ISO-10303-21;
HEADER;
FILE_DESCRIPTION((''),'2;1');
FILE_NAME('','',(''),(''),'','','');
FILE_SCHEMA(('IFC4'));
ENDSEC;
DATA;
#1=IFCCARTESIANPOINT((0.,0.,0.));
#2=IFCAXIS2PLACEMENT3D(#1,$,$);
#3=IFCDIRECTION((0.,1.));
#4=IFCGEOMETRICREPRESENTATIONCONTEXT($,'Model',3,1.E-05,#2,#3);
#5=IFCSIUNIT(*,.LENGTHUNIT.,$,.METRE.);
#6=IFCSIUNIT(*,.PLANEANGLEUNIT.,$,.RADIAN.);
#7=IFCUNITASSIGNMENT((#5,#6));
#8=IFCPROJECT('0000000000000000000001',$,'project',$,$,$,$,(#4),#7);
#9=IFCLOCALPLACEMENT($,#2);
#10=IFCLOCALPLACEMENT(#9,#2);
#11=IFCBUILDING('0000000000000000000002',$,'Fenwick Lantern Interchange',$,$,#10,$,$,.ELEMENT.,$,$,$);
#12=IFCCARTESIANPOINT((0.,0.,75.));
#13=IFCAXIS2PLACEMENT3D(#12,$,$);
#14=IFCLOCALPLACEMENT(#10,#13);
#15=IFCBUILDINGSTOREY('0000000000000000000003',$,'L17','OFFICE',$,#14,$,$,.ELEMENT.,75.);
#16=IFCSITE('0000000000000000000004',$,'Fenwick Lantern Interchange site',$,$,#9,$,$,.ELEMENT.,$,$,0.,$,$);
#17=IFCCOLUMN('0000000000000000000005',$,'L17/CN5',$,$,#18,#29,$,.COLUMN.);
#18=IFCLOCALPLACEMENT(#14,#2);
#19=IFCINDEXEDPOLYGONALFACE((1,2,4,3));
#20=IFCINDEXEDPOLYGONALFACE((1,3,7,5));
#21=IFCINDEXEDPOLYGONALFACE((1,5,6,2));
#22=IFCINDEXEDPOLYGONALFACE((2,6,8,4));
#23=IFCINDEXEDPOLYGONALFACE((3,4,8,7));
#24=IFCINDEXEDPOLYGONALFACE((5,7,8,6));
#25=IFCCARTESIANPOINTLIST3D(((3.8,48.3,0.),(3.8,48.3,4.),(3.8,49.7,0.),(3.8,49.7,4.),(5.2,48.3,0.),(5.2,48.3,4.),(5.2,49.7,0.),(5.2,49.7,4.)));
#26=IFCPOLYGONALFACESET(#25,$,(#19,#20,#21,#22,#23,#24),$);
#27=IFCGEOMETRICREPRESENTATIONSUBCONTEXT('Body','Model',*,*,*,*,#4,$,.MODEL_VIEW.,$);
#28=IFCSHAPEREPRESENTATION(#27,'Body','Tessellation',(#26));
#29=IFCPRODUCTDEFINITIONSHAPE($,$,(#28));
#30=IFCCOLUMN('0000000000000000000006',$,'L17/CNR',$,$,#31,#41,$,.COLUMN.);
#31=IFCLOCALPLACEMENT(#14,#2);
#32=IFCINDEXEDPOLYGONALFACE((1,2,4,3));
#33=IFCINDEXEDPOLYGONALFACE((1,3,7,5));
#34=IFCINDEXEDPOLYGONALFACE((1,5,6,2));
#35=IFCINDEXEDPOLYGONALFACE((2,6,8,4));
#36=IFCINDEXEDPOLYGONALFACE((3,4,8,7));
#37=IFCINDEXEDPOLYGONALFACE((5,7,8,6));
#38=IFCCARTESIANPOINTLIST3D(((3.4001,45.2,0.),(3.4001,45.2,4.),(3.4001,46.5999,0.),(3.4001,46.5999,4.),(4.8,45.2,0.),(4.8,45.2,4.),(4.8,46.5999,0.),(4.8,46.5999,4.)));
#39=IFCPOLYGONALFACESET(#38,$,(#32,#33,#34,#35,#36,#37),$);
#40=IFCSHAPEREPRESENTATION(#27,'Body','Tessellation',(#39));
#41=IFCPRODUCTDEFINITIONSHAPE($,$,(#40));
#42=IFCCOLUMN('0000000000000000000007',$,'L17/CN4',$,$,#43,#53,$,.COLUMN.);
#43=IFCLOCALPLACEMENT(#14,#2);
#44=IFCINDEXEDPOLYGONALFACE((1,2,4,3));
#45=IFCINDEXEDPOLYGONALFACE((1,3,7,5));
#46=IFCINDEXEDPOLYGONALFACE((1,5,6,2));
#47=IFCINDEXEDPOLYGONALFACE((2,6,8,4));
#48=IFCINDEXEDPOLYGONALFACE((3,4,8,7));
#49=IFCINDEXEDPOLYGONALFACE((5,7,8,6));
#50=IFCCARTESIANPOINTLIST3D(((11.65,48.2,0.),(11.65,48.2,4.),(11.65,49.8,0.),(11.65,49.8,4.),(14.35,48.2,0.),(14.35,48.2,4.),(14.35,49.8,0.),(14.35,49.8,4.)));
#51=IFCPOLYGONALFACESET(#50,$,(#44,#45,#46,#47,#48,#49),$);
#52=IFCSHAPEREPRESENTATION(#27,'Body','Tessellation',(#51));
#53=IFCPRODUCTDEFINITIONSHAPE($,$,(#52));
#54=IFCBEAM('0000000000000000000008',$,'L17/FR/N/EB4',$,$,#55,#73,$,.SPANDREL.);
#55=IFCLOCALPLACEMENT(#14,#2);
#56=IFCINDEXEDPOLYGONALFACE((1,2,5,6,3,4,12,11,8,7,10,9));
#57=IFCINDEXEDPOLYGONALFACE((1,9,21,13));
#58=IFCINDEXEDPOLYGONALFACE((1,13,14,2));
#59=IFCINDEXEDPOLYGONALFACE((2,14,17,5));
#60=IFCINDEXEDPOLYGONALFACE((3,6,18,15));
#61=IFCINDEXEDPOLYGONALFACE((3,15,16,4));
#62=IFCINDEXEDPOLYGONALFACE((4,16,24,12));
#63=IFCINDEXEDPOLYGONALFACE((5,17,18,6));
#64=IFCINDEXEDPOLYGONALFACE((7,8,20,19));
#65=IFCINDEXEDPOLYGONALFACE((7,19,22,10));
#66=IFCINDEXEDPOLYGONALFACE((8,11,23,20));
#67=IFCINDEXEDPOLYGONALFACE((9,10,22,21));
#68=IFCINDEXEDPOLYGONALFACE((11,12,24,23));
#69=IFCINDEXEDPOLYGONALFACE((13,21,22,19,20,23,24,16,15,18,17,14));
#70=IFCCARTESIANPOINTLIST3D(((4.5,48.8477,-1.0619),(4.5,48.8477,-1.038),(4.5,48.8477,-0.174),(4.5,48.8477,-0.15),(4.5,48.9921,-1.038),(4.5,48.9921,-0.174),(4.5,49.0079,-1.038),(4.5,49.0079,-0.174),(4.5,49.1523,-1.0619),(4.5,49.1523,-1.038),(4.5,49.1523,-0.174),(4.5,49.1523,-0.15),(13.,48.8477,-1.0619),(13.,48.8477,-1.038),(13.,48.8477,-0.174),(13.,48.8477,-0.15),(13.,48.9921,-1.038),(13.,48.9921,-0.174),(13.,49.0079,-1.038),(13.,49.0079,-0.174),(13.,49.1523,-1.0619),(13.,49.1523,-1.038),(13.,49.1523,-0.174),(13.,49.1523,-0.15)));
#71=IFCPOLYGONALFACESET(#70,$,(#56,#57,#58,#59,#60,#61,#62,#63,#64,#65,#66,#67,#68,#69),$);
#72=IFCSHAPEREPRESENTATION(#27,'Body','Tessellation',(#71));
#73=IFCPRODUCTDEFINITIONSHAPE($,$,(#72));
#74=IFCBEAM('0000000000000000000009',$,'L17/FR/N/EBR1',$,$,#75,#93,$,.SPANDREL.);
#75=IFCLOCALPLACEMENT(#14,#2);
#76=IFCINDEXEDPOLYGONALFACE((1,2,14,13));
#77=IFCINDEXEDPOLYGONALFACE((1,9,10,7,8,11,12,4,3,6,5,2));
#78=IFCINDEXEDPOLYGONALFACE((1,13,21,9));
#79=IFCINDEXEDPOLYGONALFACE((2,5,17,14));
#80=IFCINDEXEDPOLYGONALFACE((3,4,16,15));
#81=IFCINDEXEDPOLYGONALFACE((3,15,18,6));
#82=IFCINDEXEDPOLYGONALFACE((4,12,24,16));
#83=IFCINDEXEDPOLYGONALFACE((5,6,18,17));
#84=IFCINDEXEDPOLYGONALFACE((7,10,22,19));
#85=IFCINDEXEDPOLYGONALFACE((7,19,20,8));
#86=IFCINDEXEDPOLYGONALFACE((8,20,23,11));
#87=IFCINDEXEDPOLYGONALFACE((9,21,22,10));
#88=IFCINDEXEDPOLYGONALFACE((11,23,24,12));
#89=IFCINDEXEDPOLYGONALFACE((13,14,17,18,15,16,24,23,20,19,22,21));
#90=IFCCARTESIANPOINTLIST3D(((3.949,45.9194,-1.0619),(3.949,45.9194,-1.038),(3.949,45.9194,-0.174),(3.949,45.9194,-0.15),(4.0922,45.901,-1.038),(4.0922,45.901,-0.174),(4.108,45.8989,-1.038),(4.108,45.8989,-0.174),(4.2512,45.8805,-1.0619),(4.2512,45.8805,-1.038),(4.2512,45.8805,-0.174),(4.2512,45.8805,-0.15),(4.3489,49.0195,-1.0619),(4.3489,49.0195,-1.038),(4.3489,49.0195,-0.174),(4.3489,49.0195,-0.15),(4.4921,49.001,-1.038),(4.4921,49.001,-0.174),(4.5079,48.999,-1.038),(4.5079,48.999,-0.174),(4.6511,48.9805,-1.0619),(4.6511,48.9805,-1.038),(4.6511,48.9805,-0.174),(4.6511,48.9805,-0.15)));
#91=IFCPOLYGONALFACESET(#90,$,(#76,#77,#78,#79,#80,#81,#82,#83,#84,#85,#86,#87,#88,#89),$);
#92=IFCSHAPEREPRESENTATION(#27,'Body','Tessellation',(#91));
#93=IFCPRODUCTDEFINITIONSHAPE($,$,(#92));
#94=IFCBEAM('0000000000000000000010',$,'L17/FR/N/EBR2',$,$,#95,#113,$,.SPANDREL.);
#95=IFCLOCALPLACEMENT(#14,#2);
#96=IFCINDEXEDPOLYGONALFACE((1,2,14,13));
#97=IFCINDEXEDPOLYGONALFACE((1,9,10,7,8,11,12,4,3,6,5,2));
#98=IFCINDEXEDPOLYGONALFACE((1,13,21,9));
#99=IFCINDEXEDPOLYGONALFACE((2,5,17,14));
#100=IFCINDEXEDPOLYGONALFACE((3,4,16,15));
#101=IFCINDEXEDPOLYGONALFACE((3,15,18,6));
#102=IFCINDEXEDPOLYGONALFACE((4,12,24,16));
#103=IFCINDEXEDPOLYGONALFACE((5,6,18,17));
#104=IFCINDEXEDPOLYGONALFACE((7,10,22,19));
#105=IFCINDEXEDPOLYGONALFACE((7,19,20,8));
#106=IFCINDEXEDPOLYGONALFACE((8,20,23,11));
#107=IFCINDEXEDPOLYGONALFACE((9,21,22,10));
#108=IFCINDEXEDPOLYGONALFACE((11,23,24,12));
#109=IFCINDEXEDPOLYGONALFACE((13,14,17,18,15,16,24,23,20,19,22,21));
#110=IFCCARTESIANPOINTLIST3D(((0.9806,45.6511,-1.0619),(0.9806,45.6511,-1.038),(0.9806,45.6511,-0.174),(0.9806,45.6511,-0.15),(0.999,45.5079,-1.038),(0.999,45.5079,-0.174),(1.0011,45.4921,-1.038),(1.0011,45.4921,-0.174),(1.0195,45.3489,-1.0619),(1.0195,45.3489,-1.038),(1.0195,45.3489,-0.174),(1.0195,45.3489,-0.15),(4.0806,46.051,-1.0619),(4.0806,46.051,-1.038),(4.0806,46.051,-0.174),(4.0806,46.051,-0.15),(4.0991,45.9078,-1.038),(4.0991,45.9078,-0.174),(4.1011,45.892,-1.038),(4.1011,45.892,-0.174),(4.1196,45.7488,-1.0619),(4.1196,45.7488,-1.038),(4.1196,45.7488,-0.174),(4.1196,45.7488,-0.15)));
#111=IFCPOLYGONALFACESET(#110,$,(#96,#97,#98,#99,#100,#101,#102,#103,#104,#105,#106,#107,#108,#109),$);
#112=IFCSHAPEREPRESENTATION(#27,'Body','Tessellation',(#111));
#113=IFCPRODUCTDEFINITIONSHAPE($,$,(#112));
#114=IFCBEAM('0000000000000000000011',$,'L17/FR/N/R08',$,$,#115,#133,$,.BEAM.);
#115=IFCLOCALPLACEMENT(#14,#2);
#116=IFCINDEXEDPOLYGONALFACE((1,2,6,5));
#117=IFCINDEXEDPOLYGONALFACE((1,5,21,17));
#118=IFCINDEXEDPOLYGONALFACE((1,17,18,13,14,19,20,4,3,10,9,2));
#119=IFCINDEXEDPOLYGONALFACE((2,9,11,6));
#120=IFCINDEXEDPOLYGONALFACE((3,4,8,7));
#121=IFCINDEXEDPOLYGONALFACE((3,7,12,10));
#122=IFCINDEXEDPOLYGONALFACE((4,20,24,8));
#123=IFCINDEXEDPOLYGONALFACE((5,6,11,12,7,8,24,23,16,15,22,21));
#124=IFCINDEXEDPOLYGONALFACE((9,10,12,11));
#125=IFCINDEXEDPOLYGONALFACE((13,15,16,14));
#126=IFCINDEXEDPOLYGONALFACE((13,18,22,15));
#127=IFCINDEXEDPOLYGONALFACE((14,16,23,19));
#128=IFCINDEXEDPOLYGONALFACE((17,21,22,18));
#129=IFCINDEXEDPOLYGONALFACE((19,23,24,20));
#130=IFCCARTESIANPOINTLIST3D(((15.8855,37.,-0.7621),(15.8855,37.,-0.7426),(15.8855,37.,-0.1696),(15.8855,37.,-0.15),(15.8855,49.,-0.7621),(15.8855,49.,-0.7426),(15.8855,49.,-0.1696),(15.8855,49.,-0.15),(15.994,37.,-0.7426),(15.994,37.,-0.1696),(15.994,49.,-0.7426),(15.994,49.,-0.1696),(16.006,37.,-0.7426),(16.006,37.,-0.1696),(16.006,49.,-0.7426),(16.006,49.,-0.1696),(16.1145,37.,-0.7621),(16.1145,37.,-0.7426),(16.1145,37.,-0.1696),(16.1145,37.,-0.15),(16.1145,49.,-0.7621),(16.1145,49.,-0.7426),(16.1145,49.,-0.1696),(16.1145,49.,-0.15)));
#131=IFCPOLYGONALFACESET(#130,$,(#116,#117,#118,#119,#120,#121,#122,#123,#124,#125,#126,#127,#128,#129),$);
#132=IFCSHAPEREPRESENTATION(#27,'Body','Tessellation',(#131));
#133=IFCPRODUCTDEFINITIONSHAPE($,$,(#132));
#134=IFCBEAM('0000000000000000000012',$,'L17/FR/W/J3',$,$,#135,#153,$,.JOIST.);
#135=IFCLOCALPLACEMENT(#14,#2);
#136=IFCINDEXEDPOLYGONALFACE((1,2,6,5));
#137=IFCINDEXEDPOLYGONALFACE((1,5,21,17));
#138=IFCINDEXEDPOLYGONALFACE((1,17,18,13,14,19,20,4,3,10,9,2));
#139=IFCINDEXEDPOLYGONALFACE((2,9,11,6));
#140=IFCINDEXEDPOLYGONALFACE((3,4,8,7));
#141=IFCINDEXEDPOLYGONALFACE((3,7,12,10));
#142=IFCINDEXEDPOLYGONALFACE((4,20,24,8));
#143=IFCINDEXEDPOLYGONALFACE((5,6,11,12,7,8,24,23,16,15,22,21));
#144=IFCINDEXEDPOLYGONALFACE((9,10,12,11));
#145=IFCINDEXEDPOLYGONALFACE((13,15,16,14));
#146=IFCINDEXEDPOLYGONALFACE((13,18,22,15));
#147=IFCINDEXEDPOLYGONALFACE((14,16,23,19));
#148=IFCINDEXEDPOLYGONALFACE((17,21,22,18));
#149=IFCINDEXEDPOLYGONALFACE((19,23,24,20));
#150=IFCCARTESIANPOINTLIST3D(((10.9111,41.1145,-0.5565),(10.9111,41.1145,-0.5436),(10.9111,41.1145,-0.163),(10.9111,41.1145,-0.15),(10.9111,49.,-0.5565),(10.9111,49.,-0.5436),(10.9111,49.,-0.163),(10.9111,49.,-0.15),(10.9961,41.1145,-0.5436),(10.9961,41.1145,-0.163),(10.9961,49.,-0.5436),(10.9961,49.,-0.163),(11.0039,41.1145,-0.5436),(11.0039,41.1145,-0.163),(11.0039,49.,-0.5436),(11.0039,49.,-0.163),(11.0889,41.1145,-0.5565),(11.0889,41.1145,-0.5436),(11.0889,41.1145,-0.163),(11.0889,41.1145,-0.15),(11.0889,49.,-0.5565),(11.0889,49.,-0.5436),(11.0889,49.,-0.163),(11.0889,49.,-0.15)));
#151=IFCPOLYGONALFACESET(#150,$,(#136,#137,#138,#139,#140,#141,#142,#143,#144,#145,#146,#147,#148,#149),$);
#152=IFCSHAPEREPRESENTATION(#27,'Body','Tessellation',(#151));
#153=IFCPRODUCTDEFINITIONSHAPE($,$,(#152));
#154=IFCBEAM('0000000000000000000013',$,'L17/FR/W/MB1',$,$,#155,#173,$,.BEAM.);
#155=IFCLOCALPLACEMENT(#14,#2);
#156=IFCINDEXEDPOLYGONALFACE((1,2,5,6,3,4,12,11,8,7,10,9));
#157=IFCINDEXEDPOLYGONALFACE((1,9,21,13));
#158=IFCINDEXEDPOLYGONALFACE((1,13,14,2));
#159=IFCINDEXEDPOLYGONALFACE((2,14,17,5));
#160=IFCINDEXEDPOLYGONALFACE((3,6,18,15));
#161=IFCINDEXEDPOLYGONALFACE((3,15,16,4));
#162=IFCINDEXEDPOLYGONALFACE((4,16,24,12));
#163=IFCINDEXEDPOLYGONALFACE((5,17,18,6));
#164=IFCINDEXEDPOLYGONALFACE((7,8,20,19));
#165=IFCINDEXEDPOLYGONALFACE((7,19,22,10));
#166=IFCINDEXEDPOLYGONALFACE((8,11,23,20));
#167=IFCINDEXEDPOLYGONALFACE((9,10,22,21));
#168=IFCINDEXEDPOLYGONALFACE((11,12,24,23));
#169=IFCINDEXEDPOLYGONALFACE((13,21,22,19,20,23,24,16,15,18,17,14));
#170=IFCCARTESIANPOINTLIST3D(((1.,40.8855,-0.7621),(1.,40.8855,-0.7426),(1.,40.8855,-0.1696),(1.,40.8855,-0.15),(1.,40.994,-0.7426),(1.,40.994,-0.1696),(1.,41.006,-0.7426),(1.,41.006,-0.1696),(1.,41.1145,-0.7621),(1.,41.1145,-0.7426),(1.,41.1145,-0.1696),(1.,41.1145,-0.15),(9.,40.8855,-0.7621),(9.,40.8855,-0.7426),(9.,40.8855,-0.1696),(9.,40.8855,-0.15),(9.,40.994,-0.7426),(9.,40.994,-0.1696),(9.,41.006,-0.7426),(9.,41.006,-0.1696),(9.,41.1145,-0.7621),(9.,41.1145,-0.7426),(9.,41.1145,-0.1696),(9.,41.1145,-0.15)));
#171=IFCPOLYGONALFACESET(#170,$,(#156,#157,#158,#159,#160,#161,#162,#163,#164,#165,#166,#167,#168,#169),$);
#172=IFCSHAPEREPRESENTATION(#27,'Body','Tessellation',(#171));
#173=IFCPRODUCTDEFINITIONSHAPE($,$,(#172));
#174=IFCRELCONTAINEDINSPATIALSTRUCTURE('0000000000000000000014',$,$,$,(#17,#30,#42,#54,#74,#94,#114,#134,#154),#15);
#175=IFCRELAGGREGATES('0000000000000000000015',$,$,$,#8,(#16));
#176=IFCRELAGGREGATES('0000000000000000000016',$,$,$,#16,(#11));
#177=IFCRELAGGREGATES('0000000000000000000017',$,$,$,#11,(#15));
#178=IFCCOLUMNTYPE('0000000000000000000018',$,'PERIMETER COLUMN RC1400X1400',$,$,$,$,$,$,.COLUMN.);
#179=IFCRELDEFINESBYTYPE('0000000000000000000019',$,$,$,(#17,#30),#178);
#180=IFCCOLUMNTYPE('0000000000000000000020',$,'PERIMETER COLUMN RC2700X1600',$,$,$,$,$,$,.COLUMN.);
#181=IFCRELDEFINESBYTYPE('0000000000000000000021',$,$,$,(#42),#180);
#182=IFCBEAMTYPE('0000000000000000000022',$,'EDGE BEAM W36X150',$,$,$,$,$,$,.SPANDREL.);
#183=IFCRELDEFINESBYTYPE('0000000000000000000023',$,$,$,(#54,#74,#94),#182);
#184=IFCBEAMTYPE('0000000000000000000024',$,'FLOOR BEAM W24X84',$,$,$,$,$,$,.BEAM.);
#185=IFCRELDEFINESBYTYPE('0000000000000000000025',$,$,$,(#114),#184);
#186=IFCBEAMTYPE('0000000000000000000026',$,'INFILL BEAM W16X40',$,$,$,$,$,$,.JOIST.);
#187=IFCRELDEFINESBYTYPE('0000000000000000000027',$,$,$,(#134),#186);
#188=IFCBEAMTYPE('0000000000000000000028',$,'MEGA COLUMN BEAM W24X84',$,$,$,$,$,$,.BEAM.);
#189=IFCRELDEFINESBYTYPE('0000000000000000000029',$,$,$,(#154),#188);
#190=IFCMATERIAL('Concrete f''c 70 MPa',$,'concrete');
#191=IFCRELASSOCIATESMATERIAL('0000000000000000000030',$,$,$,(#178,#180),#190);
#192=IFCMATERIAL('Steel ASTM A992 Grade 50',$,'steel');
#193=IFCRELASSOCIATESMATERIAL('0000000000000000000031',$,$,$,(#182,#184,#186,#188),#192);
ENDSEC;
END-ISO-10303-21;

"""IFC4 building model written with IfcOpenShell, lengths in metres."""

from ifc_helpers import new_model, si_unit, direction, frame, origin, origin_2d, place, context, subcontext, project, spatial, rectangle, i_section, extrude, material, material_profile, profile_set, type_object, element, save


model = new_model("IFC4")

# Units and contexts
model_context = context("Model", 3, precision=1e-05, world=origin(), true_north=direction((0.0, 1.0)))
body_context = subcontext(model_context, "Body", "Model", "MODEL_VIEW")
ifc_project = project(units=[si_unit("LENGTHUNIT", "METRE"), si_unit("PLANEANGLEUNIT", "RADIAN")], contexts=[model_context])

# Site, building, storey
site_placement = place(None, origin())
site = spatial("IfcSite", under=ifc_project, at=site_placement, Name="Fenwick Lantern Interchange site", CompositionType="ELEMENT", RefElevation=0.0)
building_placement = place(site_placement, origin())
building = spatial("IfcBuilding", under=site, at=building_placement, Name="Fenwick Lantern Interchange", CompositionType="ELEMENT")
storey_placement = place(building_placement, frame((0.0, 0.0, 75.0)))
storey = spatial("IfcBuildingStorey", under=building, at=storey_placement, Name="L17", Description="OFFICE", CompositionType="ELEMENT", Elevation=75.0)

# Columns
ifc_material_1 = material(Name="Concrete f'c 70 MPa", Category="concrete")
ifc_material_profile_1 = material_profile(ifc_material_1, rectangle(XDim=1.3999, YDim=1.3999, at=origin_2d()), Name="RC1400X1400")
ifc_profile_set_1 = profile_set([ifc_material_profile_1], Name="Concrete f'c 70 MPa")
column_type_1 = type_object("IfcColumnType", Name="PERIMETER COLUMN RC1400X1400", PredefinedType="COLUMN", material=ifc_profile_set_1)
for number, where, z_axis, x_axis, name in (
    (1, (4.5, 49.0, 0.0), (0.0, 0.0, 1.0), (1.0, 0.0, 0.0), "L17/CN5"),
    (2, (4.1001, 45.8999, 0.0), (0.0, 0.0, 1.0), (1.0, 0.0, 0.0), "L17/CNR"),
):
    element("IfcColumn", number, at=place(storey_placement, frame(where, z_axis=z_axis, x_axis=x_axis)), inside=storey, type_object=column_type_1, Name=name, PredefinedType="COLUMN", context=body_context, shape_type="SweptSolid", body=[
        extrude(rectangle(XDim=1.3999, YDim=1.3999, at=origin_2d()), origin(), (0.0, 0.0, 1.0), 4.0),
    ])
ifc_material_profile_2 = material_profile(ifc_material_1, rectangle(XDim=2.7, YDim=1.6001, at=origin_2d()), Name="RC2700X1600")
ifc_profile_set_2 = profile_set([ifc_material_profile_2], Name="Concrete f'c 70 MPa")
column_type_2 = type_object("IfcColumnType", Name="PERIMETER COLUMN RC2700X1600", PredefinedType="COLUMN", material=ifc_profile_set_2)
column_placement = place(storey_placement, frame((13.0, 49.0, 0.0), z_axis=(0.0, 0.0, 1.0), x_axis=(1.0, 0.0, 0.0)))
element("IfcColumn", 3, at=column_placement, inside=storey, type_object=column_type_2, Name="L17/CN4", PredefinedType="COLUMN", context=body_context, shape_type="SweptSolid", body=[
    extrude(rectangle(XDim=2.7, YDim=1.6001, at=origin_2d()), origin(), (0.0, 0.0, 1.0), 4.0),
])

# Beams
ifc_material_2 = material(Name="Steel ASTM A992 Grade 50", Category="steel")
ifc_material_profile_3 = material_profile(ifc_material_2, i_section(OverallWidth=0.3047, OverallDepth=0.9119, WebThickness=0.0159, FlangeThickness=0.0239, at=origin_2d()), Name="W36X150")
ifc_profile_set_3 = profile_set([ifc_material_profile_3], Name="Steel ASTM A992 Grade 50")
beam_type_1 = type_object("IfcBeamType", Name="EDGE BEAM W36X150", PredefinedType="SPANDREL", material=ifc_profile_set_3)
beam_1_placement = place(storey_placement, frame((13.0, 49.0, -0.606), z_axis=(-1.0, 0.0, 0.0), x_axis=(0.0, -1.0, 0.0)))
element("IfcBeam", 4, at=beam_1_placement, inside=storey, type_object=beam_type_1, Name="L17/FR/N/EB4", PredefinedType="SPANDREL", context=body_context, shape_type="SweptSolid", body=[
    extrude(i_section(OverallWidth=0.3047, OverallDepth=0.9119, WebThickness=0.0159, FlangeThickness=0.0239, at=origin_2d()), origin(), (0.0, 0.0, 1.0), 8.5),
])
for number, where, z_axis, x_axis, name in (
    (5, (4.5, 49.0, -0.606), (-0.127937, -0.991782, 0.0), (0.991782, -0.127937, 0.0), "L17/FR/N/EBR1"),
    (6, (4.1001, 45.8999, -0.606), (-0.991782, -0.127937, 0.0), (0.127937, -0.991782, 0.0), "L17/FR/N/EBR2"),
):
    element("IfcBeam", number, at=place(storey_placement, frame(where, z_axis=z_axis, x_axis=x_axis)), inside=storey, type_object=beam_type_1, Name=name, PredefinedType="SPANDREL", context=body_context, shape_type="SweptSolid", body=[
        extrude(i_section(OverallWidth=0.3047, OverallDepth=0.9119, WebThickness=0.0159, FlangeThickness=0.0239, at=origin_2d()), origin(), (0.0, 0.0, 1.0), 3.1257),
    ])
ifc_material_profile_4 = material_profile(ifc_material_2, i_section(OverallWidth=0.229, OverallDepth=0.6121, WebThickness=0.012, FlangeThickness=0.0195, at=origin_2d()), Name="W24X84")
ifc_profile_set_4 = profile_set([ifc_material_profile_4], Name="Steel ASTM A992 Grade 50")
beam_type_2 = type_object("IfcBeamType", Name="FLOOR BEAM W24X84", PredefinedType="BEAM", material=ifc_profile_set_4)
beam_2_placement = place(storey_placement, frame((16.0, 49.0, -0.4561), z_axis=(0.0, -1.0, 0.0), x_axis=(1.0, 0.0, 0.0)))
element("IfcBeam", 7, at=beam_2_placement, inside=storey, type_object=beam_type_2, Name="L17/FR/N/R08", PredefinedType="BEAM", context=body_context, shape_type="SweptSolid", body=[
    extrude(i_section(OverallWidth=0.229, OverallDepth=0.6121, WebThickness=0.012, FlangeThickness=0.0195, at=origin_2d()), origin(), (0.0, 0.0, 1.0), 12.0),
])
ifc_material_profile_5 = material_profile(ifc_material_2, i_section(OverallWidth=0.1777, OverallDepth=0.4065, WebThickness=0.0078, FlangeThickness=0.0129, at=origin_2d()), Name="W16X40")
ifc_profile_set_5 = profile_set([ifc_material_profile_5], Name="Steel ASTM A992 Grade 50")
beam_type_3 = type_object("IfcBeamType", Name="INFILL BEAM W16X40", PredefinedType="JOIST", material=ifc_profile_set_5)
beam_3_placement = place(storey_placement, frame((11.0, 49.0, -0.3533), z_axis=(0.0, -1.0, 0.0), x_axis=(1.0, 0.0, 0.0)))
element("IfcBeam", 8, at=beam_3_placement, inside=storey, type_object=beam_type_3, Name="L17/FR/W/J3", PredefinedType="JOIST", context=body_context, shape_type="SweptSolid", body=[
    extrude(i_section(OverallWidth=0.1777, OverallDepth=0.4065, WebThickness=0.0078, FlangeThickness=0.0129, at=origin_2d()), origin(), (0.0, 0.0, 1.0), 7.8855),
])
ifc_material_profile_6 = material_profile(ifc_material_2, i_section(OverallWidth=0.229, OverallDepth=0.6121, WebThickness=0.012, FlangeThickness=0.0195, at=origin_2d()), Name="W24X84")
ifc_profile_set_6 = profile_set([ifc_material_profile_6], Name="Steel ASTM A992 Grade 50")
beam_type_4 = type_object("IfcBeamType", Name="MEGA COLUMN BEAM W24X84", PredefinedType="BEAM", material=ifc_profile_set_6)
for number, where, z_axis, x_axis, name in (
    (9, (9.0, 41.0, -0.4561), (-1.0, 0.0, 0.0), (0.0, -1.0, 0.0), "L17/FR/W/MB1"),
):
    element("IfcBeam", number, at=place(storey_placement, frame(where, z_axis=z_axis, x_axis=x_axis)), inside=storey, type_object=beam_type_4, Name=name, PredefinedType="BEAM", context=body_context, shape_type="SweptSolid", body=[
        extrude(i_section(OverallWidth=0.229, OverallDepth=0.6121, WebThickness=0.012, FlangeThickness=0.0195, at=origin_2d()), origin(), (0.0, 0.0, 1.0), 8.0),
    ])

save(model, "model.ifc")
